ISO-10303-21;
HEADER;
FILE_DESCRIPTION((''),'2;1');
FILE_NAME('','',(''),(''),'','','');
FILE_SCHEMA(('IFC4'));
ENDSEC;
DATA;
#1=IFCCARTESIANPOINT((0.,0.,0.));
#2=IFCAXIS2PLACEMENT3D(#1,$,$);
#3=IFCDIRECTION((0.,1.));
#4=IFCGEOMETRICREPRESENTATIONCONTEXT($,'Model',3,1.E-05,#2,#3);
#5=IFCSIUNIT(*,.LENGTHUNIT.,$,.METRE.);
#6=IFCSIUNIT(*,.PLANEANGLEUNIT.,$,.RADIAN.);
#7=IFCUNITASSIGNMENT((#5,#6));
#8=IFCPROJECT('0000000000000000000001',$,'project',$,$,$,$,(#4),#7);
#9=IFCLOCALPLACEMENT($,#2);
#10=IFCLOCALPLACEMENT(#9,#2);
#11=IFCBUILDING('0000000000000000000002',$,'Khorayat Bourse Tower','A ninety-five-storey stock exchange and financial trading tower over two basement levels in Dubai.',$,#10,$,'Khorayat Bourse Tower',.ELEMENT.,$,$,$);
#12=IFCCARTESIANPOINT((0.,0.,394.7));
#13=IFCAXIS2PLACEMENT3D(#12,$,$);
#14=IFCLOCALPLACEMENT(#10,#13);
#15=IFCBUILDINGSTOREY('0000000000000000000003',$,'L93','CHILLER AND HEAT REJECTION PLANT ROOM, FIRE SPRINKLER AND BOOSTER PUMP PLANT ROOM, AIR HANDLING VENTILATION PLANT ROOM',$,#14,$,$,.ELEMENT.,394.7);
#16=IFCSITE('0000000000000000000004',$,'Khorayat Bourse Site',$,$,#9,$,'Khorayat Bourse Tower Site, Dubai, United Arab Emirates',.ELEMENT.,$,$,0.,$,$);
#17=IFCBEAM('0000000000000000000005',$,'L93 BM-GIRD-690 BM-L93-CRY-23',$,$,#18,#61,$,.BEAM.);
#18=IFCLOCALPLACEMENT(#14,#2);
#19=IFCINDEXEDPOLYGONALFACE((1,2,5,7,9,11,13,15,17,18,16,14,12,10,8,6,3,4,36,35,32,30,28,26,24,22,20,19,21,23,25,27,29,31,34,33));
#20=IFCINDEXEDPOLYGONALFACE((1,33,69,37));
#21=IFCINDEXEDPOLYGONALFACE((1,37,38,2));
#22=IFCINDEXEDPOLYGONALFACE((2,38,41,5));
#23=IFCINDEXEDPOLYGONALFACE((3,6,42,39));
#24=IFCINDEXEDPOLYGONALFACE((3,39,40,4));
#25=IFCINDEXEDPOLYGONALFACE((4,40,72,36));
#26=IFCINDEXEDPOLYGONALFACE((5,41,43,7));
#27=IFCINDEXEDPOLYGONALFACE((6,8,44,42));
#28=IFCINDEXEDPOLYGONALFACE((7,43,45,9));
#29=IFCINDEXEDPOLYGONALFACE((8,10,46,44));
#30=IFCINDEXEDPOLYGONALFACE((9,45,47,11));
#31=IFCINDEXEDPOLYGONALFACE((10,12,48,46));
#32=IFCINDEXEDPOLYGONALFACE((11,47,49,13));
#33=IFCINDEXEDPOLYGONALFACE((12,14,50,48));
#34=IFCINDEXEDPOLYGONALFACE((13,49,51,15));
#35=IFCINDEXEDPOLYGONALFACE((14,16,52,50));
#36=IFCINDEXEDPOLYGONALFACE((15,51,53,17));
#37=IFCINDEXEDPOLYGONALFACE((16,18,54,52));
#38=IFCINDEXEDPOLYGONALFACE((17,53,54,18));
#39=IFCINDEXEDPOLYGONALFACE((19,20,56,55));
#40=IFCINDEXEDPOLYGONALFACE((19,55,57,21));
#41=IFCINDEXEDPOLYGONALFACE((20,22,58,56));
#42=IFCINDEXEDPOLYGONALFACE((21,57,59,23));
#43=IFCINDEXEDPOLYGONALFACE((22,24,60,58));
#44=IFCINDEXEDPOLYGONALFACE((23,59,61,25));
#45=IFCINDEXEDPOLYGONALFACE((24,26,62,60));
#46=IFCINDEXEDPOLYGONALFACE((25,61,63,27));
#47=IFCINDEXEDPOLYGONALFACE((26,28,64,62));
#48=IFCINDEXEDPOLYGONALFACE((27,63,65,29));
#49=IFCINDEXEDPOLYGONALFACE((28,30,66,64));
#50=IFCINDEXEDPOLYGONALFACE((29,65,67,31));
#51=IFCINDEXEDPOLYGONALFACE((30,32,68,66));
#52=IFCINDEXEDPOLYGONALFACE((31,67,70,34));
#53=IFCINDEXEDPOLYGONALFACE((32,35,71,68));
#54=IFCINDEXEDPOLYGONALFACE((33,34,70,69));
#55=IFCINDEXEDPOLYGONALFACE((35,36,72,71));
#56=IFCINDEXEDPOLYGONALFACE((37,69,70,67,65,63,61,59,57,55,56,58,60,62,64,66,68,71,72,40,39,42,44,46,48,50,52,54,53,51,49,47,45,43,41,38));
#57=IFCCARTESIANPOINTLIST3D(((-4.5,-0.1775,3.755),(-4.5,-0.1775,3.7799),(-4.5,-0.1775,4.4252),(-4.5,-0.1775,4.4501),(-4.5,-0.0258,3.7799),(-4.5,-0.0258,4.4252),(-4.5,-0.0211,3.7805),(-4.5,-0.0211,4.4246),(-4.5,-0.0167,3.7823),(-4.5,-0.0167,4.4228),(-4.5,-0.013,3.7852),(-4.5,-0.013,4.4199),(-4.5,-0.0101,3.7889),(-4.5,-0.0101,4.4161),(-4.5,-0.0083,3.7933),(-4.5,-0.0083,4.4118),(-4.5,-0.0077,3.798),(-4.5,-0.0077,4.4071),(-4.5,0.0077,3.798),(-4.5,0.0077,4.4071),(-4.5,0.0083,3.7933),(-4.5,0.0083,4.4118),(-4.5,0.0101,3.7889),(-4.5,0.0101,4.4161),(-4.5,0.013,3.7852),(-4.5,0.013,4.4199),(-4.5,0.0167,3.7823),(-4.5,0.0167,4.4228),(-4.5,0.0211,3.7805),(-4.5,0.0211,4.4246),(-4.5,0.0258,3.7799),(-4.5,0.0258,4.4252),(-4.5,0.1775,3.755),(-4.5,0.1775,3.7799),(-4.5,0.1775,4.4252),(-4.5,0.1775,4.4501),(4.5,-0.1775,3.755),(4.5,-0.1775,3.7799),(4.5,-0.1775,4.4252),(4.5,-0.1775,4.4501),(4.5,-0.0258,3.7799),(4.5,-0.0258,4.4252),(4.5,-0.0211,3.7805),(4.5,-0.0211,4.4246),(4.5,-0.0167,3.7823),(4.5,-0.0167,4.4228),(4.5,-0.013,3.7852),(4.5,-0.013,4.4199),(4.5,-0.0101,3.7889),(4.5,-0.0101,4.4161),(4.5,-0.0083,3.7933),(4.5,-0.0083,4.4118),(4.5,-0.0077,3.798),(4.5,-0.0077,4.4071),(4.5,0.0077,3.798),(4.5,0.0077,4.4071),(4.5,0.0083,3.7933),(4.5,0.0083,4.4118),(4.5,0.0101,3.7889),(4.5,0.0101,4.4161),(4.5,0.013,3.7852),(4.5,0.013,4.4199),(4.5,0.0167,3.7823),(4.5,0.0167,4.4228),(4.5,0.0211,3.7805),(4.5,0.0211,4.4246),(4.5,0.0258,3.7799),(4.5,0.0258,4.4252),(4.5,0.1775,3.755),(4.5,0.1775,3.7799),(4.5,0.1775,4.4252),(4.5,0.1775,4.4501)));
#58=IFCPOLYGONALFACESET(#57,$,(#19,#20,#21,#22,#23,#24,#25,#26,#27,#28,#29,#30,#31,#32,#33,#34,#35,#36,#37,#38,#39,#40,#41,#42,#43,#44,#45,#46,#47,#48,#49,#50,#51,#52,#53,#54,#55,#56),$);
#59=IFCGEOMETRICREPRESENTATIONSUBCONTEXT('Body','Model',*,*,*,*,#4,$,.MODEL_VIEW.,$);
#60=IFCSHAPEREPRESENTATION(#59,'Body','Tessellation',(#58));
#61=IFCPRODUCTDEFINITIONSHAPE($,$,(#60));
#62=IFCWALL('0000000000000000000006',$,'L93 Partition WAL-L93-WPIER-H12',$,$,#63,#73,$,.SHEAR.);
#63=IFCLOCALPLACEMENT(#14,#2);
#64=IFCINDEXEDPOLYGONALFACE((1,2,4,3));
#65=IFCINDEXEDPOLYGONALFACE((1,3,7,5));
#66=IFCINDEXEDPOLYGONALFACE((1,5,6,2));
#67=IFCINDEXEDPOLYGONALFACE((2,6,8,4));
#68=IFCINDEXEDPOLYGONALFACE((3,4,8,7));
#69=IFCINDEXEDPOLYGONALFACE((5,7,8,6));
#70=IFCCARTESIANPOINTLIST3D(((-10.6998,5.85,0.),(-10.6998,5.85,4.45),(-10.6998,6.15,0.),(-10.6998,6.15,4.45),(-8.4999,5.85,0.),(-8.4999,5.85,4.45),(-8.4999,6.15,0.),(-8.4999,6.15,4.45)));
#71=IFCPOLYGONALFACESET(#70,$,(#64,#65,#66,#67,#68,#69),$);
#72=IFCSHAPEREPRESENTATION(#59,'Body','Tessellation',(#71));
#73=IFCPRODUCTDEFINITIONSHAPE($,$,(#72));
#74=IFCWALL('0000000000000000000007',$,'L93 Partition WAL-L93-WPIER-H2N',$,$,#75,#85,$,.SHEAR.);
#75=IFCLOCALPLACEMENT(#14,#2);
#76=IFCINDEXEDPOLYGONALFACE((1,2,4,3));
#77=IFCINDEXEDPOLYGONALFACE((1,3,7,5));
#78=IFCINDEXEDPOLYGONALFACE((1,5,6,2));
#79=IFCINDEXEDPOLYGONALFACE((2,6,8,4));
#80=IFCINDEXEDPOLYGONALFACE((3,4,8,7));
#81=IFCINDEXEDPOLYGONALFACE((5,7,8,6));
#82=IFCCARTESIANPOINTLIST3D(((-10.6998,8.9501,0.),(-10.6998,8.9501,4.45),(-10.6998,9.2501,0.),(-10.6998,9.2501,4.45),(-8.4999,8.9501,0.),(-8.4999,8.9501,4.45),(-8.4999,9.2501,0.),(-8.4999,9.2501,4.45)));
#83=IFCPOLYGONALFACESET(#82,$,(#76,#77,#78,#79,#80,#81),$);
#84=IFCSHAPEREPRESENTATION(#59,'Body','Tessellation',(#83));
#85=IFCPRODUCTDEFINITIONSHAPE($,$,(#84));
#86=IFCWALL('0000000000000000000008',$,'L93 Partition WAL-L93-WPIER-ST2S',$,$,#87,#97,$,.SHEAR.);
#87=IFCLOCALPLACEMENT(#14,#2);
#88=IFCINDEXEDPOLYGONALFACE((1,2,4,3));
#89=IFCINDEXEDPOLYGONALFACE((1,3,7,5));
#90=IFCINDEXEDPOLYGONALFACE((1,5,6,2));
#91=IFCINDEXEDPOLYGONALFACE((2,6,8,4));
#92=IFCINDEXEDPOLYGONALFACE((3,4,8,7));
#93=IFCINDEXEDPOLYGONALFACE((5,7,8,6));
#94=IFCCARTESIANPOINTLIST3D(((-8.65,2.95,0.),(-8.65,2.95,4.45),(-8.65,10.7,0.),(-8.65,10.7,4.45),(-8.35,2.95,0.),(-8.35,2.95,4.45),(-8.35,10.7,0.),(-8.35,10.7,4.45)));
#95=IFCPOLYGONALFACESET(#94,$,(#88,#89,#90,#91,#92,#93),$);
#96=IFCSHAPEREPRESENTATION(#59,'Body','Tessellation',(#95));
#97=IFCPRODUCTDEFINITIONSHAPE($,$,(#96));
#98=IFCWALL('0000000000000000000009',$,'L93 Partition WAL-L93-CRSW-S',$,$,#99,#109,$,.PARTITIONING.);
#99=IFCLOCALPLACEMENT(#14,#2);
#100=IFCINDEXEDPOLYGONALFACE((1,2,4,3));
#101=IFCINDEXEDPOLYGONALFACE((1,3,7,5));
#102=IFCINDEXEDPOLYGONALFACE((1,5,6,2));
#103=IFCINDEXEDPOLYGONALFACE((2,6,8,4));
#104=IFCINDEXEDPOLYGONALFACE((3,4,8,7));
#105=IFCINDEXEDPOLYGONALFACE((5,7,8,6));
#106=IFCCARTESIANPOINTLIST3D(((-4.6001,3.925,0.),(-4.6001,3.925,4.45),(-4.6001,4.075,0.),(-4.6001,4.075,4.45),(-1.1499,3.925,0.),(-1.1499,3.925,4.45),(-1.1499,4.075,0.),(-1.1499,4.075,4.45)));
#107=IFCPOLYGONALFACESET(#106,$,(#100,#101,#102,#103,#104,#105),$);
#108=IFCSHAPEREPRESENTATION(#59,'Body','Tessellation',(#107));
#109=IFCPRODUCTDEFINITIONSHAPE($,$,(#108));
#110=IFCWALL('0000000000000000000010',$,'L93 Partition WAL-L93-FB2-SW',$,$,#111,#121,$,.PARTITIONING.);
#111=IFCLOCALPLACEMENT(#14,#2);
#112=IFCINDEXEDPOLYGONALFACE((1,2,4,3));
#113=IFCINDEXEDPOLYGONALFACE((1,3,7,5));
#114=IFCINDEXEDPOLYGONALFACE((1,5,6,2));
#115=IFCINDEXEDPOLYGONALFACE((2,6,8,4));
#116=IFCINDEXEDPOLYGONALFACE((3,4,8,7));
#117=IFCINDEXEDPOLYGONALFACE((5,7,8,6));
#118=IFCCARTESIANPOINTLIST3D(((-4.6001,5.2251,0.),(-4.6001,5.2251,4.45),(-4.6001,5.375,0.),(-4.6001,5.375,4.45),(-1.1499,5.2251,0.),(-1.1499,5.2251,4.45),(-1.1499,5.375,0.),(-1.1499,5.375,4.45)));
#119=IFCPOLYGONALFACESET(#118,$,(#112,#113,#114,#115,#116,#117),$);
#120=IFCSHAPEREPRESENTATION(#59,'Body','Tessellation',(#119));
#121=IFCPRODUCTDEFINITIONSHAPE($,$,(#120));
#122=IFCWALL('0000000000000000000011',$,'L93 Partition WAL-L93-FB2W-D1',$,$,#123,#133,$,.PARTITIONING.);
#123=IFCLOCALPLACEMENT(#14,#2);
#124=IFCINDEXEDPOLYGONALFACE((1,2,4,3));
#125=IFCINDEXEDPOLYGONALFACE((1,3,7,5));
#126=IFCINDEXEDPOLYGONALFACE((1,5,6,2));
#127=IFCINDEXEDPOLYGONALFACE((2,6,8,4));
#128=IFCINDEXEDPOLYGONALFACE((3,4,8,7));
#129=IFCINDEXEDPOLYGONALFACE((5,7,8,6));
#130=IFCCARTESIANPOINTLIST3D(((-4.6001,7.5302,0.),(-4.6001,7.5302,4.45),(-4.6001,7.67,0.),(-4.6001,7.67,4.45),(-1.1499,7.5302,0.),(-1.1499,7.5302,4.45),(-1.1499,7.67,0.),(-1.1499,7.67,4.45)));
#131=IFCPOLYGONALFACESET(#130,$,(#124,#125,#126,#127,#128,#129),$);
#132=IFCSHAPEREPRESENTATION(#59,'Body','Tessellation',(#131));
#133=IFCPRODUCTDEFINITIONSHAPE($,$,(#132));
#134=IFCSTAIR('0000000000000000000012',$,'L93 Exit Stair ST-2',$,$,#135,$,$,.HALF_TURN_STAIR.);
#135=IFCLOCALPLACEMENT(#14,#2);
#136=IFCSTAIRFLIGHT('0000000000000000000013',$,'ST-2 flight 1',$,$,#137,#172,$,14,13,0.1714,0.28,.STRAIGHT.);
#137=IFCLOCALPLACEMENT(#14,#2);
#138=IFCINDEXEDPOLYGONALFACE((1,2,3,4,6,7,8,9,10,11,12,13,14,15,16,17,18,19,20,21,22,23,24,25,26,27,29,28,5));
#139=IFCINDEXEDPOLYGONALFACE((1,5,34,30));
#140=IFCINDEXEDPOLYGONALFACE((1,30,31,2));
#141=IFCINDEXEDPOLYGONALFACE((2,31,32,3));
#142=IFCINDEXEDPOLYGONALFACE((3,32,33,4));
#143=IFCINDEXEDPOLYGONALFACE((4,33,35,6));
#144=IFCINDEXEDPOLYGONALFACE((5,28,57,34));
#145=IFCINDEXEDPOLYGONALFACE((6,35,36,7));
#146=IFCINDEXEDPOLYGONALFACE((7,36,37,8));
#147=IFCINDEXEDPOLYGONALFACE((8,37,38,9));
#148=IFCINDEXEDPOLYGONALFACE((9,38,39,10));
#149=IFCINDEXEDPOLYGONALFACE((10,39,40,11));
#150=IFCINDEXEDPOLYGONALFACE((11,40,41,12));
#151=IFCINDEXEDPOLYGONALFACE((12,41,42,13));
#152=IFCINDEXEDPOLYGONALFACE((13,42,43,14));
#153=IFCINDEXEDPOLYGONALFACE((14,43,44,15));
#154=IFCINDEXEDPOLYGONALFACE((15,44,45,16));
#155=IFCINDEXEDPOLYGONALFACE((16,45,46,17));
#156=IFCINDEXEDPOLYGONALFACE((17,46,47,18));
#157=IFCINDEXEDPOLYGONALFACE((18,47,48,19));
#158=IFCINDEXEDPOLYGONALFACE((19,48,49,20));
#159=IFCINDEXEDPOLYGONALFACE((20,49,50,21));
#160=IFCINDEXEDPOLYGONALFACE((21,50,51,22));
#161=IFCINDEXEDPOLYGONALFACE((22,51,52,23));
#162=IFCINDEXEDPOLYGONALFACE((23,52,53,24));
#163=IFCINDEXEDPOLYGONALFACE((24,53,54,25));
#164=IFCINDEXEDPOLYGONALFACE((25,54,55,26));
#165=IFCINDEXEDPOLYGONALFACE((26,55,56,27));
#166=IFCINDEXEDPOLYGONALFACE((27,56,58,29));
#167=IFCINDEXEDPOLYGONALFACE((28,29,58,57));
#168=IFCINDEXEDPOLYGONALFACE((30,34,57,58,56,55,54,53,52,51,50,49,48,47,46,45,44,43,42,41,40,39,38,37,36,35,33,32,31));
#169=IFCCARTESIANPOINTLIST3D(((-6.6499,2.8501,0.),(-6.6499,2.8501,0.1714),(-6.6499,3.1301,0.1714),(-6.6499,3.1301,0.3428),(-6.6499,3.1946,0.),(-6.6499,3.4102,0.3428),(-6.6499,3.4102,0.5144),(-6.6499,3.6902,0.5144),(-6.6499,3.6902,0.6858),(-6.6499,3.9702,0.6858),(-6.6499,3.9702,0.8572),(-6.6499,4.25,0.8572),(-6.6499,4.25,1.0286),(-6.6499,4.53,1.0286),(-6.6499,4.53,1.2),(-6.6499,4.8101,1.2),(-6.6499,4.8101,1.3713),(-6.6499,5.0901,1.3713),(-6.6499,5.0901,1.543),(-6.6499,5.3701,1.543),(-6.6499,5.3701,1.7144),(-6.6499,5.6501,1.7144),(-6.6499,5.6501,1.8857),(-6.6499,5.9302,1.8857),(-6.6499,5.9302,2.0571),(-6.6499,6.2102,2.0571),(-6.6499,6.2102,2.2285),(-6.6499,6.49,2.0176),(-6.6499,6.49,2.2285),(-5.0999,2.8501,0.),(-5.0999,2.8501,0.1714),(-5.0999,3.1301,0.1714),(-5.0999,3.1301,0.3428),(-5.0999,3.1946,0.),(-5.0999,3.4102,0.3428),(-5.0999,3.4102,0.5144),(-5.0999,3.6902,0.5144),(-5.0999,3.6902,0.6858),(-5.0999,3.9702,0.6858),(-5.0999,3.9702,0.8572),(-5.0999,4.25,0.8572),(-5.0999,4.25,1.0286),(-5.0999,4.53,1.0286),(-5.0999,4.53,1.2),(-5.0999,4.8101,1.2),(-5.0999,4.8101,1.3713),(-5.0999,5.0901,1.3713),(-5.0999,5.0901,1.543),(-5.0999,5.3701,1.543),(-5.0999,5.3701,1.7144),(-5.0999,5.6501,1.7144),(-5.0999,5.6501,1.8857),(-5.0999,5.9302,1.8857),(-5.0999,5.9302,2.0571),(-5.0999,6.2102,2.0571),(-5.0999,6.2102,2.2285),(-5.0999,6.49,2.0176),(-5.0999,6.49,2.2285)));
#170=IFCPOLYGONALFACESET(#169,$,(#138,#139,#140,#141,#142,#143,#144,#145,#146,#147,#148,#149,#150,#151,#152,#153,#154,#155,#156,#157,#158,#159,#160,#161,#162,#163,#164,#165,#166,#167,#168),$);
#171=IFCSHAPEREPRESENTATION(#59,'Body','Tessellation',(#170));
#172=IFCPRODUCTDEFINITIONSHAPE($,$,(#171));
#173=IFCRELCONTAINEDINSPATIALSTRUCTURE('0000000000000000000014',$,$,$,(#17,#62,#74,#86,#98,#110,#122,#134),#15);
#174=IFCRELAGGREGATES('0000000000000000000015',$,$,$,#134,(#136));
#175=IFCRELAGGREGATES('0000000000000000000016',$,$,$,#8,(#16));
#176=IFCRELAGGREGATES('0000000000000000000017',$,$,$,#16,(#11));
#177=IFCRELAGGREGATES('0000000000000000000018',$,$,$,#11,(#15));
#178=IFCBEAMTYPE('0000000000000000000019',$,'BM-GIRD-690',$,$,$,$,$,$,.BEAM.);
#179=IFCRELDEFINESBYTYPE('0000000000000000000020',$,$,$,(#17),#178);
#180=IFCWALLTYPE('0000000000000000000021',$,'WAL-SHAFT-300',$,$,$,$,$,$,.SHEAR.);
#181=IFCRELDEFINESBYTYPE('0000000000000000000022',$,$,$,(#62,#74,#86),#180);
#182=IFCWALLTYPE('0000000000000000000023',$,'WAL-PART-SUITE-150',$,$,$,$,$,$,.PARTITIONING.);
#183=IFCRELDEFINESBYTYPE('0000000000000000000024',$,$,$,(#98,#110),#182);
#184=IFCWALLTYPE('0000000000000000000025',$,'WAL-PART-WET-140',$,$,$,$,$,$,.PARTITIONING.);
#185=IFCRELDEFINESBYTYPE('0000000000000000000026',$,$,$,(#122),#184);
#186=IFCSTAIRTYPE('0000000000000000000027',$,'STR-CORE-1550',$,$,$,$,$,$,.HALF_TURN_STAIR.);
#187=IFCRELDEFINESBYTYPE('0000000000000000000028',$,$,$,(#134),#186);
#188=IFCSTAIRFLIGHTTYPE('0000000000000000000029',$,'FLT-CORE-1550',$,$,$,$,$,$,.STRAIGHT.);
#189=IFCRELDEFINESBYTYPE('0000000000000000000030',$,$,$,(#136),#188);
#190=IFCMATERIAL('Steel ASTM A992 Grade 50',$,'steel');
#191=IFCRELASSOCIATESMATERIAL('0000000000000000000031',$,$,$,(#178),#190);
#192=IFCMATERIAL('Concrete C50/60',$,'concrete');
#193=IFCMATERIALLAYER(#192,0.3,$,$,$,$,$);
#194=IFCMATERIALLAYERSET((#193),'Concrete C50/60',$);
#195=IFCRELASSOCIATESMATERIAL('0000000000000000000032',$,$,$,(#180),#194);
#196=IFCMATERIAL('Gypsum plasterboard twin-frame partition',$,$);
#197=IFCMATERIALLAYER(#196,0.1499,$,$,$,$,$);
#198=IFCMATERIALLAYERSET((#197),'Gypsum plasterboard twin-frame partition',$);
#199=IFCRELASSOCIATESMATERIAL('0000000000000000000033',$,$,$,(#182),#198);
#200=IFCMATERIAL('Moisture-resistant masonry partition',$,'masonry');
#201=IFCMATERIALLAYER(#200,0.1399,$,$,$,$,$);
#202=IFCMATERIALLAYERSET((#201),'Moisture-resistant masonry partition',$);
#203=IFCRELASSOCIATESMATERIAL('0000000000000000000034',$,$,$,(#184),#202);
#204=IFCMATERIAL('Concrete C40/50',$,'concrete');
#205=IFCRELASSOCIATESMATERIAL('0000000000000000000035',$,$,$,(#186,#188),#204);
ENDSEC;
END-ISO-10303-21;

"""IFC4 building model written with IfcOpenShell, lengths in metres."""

from ifc_helpers import new_model, si_unit, direction, frame, frame_2d, origin, origin_2d, place, context, subcontext, project, spatial, polyline, rectangle, i_section, outline, extrude, source, transform, mapped, material, layer, layer_set, material_profile, profile_set, type_object, element, aggregate, save


model = new_model("IFC4")

# Units and contexts
model_context = context("Model", 3, precision=1e-05, world=origin(), true_north=direction((0.0, 1.0)))
body_context = subcontext(model_context, "Body", "Model", "MODEL_VIEW")
ifc_project = project(units=[si_unit("LENGTHUNIT", "METRE"), si_unit("PLANEANGLEUNIT", "RADIAN")], contexts=[model_context])

# Site, building, storey
site_placement = place(None, origin())
site = spatial("IfcSite", under=ifc_project, at=site_placement, Name="Khorayat Bourse Site", LongName="Khorayat Bourse Tower Site, Dubai, United Arab Emirates", CompositionType="ELEMENT", RefElevation=0.0)
building_placement = place(site_placement, origin())
building = spatial("IfcBuilding", under=site, at=building_placement, Name="Khorayat Bourse Tower", Description="A ninety-five-storey stock exchange and financial trading tower over two basement levels in Dubai.", LongName="Khorayat Bourse Tower", CompositionType="ELEMENT")
storey_placement = place(building_placement, frame((0.0, 0.0, 394.7)))
storey = spatial("IfcBuildingStorey", under=building, at=storey_placement, Name="L93", Description="CHILLER AND HEAT REJECTION PLANT ROOM, FIRE SPRINKLER AND BOOSTER PUMP PLANT ROOM, AIR HANDLING VENTILATION PLANT ROOM", CompositionType="ELEMENT", Elevation=394.7)

# Beam
ifc_material_1 = material(Name="Steel ASTM A992 Grade 50", Category="steel")
ifc_material_profile_1 = material_profile(ifc_material_1, i_section(OverallWidth=0.355, OverallDepth=0.6951, WebThickness=0.0154, FlangeThickness=0.0249, FilletRadius=0.0181, at=origin_2d()), Name="W690X217")
ifc_profile_set_1 = profile_set([ifc_material_profile_1], Name="Steel ASTM A992 Grade 50")
beam_type = type_object("IfcBeamType", Name="BM-GIRD-690", PredefinedType="BEAM", material=ifc_profile_set_1)
shared_shape_1 = source(origin(), body_context, "Body", "SweptSolid", [
    extrude(i_section(OverallWidth=0.355, OverallDepth=0.6951, WebThickness=0.0154, FlangeThickness=0.0249, FilletRadius=0.0181, at=origin_2d()), origin(), (0.0, 0.0, 1.0), 9.0),
])
beam_1_placement = place(storey_placement, frame((-4.5, 0.0, 4.1025), z_axis=(1.0, 0.0, 0.0), x_axis=(0.0, 1.0, 0.0)))
element("IfcBeam", 1, at=beam_1_placement, inside=storey, type_object=beam_type, Name="L93 BM-GIRD-690 BM-L93-CRY-23", PredefinedType="BEAM", context=body_context, shape_type="MappedRepresentation", body=[
    mapped(shared_shape_1, transform((0.0, 0.0, 0.0), scale=1.0)),
])

# Walls
ifc_material_2 = material(Name="Concrete C50/60", Category="concrete")
ifc_layer_1 = layer(ifc_material_2, 0.3)
ifc_layer_set_1 = layer_set([ifc_layer_1], Name="Concrete C50/60")
wall_type_1 = type_object("IfcWallType", Name="WAL-SHAFT-300", PredefinedType="SHEAR", material=ifc_layer_set_1)
shared_shape_2 = source(origin(), body_context, "Body", "SweptSolid", [
    extrude(rectangle(XDim=2.2, YDim=0.3, at=frame_2d((1.1001, 0.0))), origin(), (0.0, 0.0, 1.0), 4.45),
])
for number, where, z_axis, x_axis, name in (
    (2, (-10.7, 6.0, 0.0), (0.0, 0.0, 1.0), (1.0, 0.0, 0.0), "L93 Partition WAL-L93-WPIER-H12"),
    (3, (-10.7, 9.1001, 0.0), (0.0, 0.0, 1.0), (1.0, 0.0, 0.0), "L93 Partition WAL-L93-WPIER-H2N"),
):
    element("IfcWall", number, at=place(storey_placement, frame(where, z_axis=z_axis, x_axis=x_axis)), inside=storey, type_object=wall_type_1, Name=name, PredefinedType="SHEAR", context=body_context, shape_type="MappedRepresentation", body=[
        mapped(shared_shape_2, transform((0.0, 0.0, 0.0), scale=1.0)),
    ])
shared_shape_3 = source(origin(), body_context, "Body", "SweptSolid", [
    extrude(rectangle(XDim=7.75, YDim=0.3, at=frame_2d((3.875, 0.0))), origin(), (0.0, 0.0, 1.0), 4.45),
])
wall_1_placement = place(storey_placement, frame((-8.5, 2.95, 0.0), z_axis=(0.0, 0.0, 1.0), x_axis=(0.0, 1.0, 0.0)))
element("IfcWall", 4, at=wall_1_placement, inside=storey, type_object=wall_type_1, Name="L93 Partition WAL-L93-WPIER-ST2S", PredefinedType="SHEAR", context=body_context, shape_type="MappedRepresentation", body=[
    mapped(shared_shape_3, transform((0.0, 0.0, 0.0), scale=1.0)),
])
ifc_material_3 = material(Name="Gypsum plasterboard twin-frame partition")
ifc_layer_2 = layer(ifc_material_3, 0.1499)
ifc_layer_set_2 = layer_set([ifc_layer_2], Name="Gypsum plasterboard twin-frame partition")
wall_type_2 = type_object("IfcWallType", Name="WAL-PART-SUITE-150", PredefinedType="PARTITIONING", material=ifc_layer_set_2)
shared_shape_4 = source(origin(), body_context, "Body", "SweptSolid", [
    extrude(rectangle(XDim=3.4502, YDim=0.1499, at=frame_2d((1.7251, 0.0))), origin(), (0.0, 0.0, 1.0), 4.45),
])
for number, where, z_axis, x_axis, name in (
    (5, (-4.6001, 4.0, 0.0), (0.0, 0.0, 1.0), (1.0, 0.0, 0.0), "L93 Partition WAL-L93-CRSW-S"),
    (6, (-4.6001, 5.3, 0.0), (0.0, 0.0, 1.0), (1.0, 0.0, 0.0), "L93 Partition WAL-L93-FB2-SW"),
):
    element("IfcWall", number, at=place(storey_placement, frame(where, z_axis=z_axis, x_axis=x_axis)), inside=storey, type_object=wall_type_2, Name=name, PredefinedType="PARTITIONING", context=body_context, shape_type="MappedRepresentation", body=[
        mapped(shared_shape_4, transform((0.0, 0.0, 0.0), scale=1.0)),
    ])
ifc_material_4 = material(Name="Moisture-resistant masonry partition", Category="masonry")
ifc_layer_3 = layer(ifc_material_4, 0.1399)
ifc_layer_set_3 = layer_set([ifc_layer_3], Name="Moisture-resistant masonry partition")
wall_type_3 = type_object("IfcWallType", Name="WAL-PART-WET-140", PredefinedType="PARTITIONING", material=ifc_layer_set_3)
shared_shape_5 = source(origin(), body_context, "Body", "SweptSolid", [
    extrude(rectangle(XDim=3.4502, YDim=0.1399, at=frame_2d((1.7251, 0.0))), origin(), (0.0, 0.0, 1.0), 4.45),
])
wall_2_placement = place(storey_placement, frame((-4.6001, 7.6001, 0.0), z_axis=(0.0, 0.0, 1.0), x_axis=(1.0, 0.0, 0.0)))
element("IfcWall", 7, at=wall_2_placement, inside=storey, type_object=wall_type_3, Name="L93 Partition WAL-L93-FB2W-D1", PredefinedType="PARTITIONING", context=body_context, shape_type="MappedRepresentation", body=[
    mapped(shared_shape_5, transform((0.0, 0.0, 0.0), scale=1.0)),
])

# Stair, stair flight
ifc_material_5 = material(Name="Concrete C40/50", Category="concrete")
stair_type = type_object("IfcStairType", Name="STR-CORE-1550", PredefinedType="HALF_TURN_STAIR", material=ifc_material_5)
stair_placement = place(storey_placement, origin())
stair = element("IfcStair", 8, at=stair_placement, inside=storey, type_object=stair_type, Name="L93 Exit Stair ST-2", PredefinedType="HALF_TURN_STAIR")
stair_flight_type = type_object("IfcStairFlightType", Name="FLT-CORE-1550", PredefinedType="STRAIGHT", material=ifc_material_5)
shared_shape_6 = source(origin(), body_context, "Body", "SweptSolid", [
    extrude(outline(polyline([(0.0, 0.0), (0.0, 0.1714), (0.28, 0.1714), (0.28, 0.3428), (0.5601, 0.3428), (0.5601, 0.5144), (0.8401, 0.5144), (0.8401, 0.6858), (1.1201, 0.6858), (1.1201, 0.8572), (1.3999, 0.8572), (1.3999, 1.0286), (1.6799, 1.0286), (1.6799, 1.2), (1.96, 1.2), (1.96, 1.3713), (2.24, 1.3713), (2.24, 1.543), (2.52, 1.543), (2.52, 1.7144), (2.8, 1.7144), (2.8, 1.8857), (3.0801, 1.8857), (3.0801, 2.0571), (3.3601, 2.0571), (3.3601, 2.2285), (3.6399, 2.2285), (3.6399, 2.3999), (3.6399, 2.0176), (0.3445, 0.0), (0.0, 0.0)])), frame((0.0, 0.7749, 0.0), z_axis=(0.0, -1.0, 0.0), x_axis=(1.0, 0.0, 0.0)), (0.0, 0.0, 1.0), 1.55),
])
stair_flight_1_placement = place(storey_placement, frame((-5.875, 2.8501, 0.0), z_axis=(0.0, 0.0, 1.0), x_axis=(0.0, 1.0, 0.0)))
stair_flight_1 = element("IfcStairFlight", 9, at=stair_flight_1_placement, type_object=stair_flight_type, Name="ST-2 flight 1", NumberOfRisers=14, NumberOfTreads=13, PredefinedType="STRAIGHT", RiserHeight=0.1714, TreadLength=0.28, context=body_context, shape_type="MappedRepresentation", body=[
    mapped(shared_shape_6, transform((0.0, 0.0, 0.0), scale=1.0)),
])
aggregate(stair, [stair_flight_1])

save(model, "model.ifc")
